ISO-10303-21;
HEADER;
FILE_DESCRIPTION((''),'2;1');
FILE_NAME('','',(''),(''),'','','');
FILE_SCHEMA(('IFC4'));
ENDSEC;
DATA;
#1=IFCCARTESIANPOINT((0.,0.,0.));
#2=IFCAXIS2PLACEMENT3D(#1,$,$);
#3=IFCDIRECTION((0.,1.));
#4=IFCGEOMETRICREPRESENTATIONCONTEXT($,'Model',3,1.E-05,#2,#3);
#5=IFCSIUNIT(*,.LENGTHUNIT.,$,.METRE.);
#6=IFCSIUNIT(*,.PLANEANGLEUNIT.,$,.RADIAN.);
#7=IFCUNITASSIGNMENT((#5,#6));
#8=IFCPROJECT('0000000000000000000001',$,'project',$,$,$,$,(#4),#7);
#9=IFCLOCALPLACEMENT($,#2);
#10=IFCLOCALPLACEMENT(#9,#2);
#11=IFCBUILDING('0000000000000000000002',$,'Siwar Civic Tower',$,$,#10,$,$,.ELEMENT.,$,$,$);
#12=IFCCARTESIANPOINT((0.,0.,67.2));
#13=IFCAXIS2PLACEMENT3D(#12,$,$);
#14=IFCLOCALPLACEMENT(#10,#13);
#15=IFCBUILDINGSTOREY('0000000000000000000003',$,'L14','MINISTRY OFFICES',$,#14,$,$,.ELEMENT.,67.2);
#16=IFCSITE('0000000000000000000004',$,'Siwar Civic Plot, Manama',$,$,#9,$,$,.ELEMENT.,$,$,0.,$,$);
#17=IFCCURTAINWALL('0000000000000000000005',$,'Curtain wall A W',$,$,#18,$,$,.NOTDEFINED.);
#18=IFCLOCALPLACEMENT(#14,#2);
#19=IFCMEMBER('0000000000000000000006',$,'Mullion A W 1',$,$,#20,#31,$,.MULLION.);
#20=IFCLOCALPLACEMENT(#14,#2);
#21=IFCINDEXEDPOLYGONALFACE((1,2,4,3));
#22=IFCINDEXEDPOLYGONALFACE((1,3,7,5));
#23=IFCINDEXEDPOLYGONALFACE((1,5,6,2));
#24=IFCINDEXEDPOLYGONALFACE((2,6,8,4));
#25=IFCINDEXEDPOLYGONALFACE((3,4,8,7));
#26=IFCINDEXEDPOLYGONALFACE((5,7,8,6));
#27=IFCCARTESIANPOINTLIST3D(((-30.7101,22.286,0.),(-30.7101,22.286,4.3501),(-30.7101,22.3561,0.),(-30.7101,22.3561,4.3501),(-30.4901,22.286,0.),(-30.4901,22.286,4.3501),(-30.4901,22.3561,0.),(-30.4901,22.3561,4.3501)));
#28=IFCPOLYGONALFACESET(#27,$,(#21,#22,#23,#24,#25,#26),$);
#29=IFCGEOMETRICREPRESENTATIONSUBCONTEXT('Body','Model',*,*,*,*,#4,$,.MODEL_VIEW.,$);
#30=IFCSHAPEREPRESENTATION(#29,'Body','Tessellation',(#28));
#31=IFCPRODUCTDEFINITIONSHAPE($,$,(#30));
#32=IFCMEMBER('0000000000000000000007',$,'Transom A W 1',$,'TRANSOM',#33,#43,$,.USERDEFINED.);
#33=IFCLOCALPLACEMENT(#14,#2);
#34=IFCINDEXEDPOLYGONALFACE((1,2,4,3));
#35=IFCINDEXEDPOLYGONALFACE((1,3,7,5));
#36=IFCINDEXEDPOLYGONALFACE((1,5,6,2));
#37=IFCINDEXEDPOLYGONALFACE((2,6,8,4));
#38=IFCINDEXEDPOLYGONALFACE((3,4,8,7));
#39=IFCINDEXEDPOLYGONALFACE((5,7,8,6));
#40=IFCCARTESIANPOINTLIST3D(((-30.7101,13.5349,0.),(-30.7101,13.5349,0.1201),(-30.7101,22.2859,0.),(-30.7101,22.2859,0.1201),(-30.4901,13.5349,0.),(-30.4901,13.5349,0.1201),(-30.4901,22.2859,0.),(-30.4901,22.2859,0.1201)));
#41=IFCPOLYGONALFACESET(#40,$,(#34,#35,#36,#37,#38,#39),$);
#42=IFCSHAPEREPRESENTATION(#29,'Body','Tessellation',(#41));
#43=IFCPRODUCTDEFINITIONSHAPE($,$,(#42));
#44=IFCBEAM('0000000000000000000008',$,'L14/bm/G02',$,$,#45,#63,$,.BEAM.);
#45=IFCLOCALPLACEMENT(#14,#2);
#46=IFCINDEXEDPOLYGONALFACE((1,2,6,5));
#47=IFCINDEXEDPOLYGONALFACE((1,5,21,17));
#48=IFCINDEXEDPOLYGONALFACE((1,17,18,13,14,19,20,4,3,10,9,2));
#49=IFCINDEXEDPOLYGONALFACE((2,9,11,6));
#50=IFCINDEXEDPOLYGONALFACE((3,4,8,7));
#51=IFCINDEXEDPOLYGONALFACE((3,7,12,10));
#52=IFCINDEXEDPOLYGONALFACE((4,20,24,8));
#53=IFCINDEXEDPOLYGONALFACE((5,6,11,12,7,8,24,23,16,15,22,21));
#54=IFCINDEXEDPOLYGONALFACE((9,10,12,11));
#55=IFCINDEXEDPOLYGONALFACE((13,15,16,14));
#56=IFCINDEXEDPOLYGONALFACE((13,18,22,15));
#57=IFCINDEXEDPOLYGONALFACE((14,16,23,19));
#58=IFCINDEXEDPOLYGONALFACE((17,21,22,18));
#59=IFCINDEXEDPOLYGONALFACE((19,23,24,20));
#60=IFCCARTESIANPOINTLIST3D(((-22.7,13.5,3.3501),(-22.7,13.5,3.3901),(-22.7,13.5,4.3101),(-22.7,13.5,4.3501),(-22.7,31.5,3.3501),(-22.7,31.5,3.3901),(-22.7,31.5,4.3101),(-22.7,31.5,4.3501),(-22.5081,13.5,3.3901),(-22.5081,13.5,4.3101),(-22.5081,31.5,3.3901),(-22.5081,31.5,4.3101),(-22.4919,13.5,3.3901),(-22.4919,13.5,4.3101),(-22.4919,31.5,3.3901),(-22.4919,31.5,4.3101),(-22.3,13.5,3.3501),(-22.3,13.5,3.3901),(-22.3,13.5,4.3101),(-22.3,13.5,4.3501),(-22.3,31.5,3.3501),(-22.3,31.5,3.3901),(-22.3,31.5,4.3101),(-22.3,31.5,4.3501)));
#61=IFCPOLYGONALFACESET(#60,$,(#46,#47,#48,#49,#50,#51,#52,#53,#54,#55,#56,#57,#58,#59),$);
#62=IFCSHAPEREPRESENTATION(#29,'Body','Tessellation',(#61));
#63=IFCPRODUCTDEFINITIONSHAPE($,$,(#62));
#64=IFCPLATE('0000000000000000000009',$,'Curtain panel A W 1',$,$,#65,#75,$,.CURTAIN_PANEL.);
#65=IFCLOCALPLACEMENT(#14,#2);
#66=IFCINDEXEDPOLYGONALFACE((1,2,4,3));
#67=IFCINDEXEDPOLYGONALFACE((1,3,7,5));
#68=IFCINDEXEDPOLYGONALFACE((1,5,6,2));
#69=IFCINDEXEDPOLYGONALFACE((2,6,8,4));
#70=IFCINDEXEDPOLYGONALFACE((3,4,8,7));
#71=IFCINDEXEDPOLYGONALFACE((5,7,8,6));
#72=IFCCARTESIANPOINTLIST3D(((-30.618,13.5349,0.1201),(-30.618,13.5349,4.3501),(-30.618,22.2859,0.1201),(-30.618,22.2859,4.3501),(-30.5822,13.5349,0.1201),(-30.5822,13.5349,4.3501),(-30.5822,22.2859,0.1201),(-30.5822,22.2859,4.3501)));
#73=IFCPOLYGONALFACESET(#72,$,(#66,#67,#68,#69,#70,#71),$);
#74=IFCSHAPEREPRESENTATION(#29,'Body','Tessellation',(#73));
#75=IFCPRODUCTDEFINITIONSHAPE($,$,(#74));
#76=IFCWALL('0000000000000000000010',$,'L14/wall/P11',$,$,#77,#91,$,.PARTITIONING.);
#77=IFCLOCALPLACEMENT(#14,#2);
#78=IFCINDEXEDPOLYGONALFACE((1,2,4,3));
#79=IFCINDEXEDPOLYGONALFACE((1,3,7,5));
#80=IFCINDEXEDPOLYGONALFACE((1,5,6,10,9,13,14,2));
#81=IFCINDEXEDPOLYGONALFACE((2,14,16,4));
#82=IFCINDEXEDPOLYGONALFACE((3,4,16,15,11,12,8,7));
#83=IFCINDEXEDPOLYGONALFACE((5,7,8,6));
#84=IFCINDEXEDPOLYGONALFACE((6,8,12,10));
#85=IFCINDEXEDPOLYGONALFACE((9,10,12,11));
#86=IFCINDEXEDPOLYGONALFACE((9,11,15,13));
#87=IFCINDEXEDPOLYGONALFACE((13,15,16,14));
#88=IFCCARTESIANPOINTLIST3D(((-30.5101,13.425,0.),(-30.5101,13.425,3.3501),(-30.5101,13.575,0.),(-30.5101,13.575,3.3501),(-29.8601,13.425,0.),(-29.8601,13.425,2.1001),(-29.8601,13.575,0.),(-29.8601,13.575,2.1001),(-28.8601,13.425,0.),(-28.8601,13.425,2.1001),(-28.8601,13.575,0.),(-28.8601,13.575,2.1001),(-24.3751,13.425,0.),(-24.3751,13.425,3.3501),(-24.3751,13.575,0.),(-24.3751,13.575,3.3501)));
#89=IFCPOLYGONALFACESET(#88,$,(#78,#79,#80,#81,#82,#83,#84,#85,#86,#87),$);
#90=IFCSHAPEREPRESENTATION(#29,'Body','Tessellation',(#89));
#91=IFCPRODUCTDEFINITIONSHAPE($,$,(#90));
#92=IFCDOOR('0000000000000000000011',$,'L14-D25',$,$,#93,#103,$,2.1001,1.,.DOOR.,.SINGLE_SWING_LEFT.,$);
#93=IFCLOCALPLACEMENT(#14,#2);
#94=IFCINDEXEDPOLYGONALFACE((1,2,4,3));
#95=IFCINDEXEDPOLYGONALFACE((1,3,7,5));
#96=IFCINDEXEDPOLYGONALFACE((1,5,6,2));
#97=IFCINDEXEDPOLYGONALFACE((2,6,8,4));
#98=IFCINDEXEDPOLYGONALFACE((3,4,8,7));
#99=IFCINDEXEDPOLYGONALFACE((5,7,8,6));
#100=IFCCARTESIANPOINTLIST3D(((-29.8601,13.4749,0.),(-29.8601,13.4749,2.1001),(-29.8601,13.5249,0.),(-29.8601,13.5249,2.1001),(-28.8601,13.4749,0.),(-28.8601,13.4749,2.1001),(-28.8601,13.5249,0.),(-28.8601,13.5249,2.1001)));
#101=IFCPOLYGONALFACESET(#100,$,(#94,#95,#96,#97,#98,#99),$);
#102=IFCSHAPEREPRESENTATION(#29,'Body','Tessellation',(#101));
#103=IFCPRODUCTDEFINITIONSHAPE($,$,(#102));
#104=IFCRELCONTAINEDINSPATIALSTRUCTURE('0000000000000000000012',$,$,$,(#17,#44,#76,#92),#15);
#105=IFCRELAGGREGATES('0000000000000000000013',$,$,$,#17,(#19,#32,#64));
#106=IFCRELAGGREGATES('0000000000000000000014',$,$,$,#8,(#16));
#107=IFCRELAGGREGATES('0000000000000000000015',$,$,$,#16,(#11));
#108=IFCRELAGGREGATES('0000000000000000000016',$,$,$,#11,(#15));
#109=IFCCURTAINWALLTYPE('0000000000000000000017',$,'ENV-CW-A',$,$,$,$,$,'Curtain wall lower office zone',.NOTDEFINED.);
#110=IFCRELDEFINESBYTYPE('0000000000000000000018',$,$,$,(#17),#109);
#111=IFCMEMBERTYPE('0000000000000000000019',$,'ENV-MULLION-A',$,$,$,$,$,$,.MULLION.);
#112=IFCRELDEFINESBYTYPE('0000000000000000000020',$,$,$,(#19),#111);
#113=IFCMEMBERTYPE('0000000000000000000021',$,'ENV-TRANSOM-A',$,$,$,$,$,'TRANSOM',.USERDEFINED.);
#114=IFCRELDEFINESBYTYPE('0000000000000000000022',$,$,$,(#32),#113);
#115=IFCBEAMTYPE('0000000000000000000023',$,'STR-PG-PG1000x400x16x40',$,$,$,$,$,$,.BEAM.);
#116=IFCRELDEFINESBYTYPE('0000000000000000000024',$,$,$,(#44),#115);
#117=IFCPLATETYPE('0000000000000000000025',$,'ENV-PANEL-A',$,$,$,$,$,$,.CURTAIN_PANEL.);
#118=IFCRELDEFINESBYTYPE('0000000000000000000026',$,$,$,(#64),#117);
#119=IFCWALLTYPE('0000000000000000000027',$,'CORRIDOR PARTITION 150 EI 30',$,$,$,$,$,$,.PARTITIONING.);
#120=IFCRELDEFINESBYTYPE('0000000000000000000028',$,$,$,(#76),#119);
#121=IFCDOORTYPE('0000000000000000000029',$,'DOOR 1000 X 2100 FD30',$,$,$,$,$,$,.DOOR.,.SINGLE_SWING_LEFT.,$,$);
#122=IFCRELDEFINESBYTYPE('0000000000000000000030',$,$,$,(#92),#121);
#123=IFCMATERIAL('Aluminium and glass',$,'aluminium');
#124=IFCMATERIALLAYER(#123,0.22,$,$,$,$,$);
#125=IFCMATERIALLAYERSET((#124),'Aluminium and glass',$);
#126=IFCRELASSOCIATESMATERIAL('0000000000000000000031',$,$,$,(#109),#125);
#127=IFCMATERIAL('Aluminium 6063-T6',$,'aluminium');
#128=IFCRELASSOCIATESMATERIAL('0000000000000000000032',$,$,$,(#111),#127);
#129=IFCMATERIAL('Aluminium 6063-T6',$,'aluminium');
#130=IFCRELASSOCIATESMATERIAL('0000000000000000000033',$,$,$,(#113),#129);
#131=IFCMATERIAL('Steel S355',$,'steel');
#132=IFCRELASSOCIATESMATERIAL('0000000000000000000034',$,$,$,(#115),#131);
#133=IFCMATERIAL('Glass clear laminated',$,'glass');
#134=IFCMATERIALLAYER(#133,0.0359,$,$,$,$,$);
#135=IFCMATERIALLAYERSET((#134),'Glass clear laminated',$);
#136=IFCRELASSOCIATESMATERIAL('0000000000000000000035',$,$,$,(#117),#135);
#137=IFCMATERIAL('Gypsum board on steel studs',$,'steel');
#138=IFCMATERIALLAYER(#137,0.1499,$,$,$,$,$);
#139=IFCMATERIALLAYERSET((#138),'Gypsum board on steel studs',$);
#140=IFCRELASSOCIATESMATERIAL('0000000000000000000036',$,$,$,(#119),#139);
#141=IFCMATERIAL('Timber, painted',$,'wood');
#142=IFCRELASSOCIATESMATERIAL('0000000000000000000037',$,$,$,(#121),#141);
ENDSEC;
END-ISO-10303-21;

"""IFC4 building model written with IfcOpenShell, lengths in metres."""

from ifc_helpers import new_model, si_unit, direction, frame, frame_2d, origin, origin_2d, place, context, subcontext, project, spatial, rectangle, i_section, extrude, material, layer, layer_set, material_profile, profile_set, type_object, element, fill, aggregate, save


model = new_model("IFC4")

# Units and contexts
model_context = context("Model", 3, precision=1e-05, world=origin(), true_north=direction((0.0, 1.0)))
body_context = subcontext(model_context, "Body", "Model", "MODEL_VIEW")
ifc_project = project(units=[si_unit("LENGTHUNIT", "METRE"), si_unit("PLANEANGLEUNIT", "RADIAN")], contexts=[model_context])

# Site, building, storey
site_placement = place(None, origin())
site = spatial("IfcSite", under=ifc_project, at=site_placement, Name="Siwar Civic Plot, Manama", CompositionType="ELEMENT", RefElevation=0.0)
building_placement = place(site_placement, origin())
building = spatial("IfcBuilding", under=site, at=building_placement, Name="Siwar Civic Tower", CompositionType="ELEMENT")
storey_placement = place(building_placement, frame((0.0, 0.0, 67.2)))
storey = spatial("IfcBuildingStorey", under=building, at=storey_placement, Name="L14", Description="MINISTRY OFFICES", CompositionType="ELEMENT", Elevation=67.2)

# Curtain wall, members
ifc_material_1 = material(Name="Aluminium and glass", Category="aluminium")
ifc_layer_1 = layer(ifc_material_1, 0.22)
ifc_layer_set_1 = layer_set([ifc_layer_1], Name="Aluminium and glass")
curtain_wall_type = type_object("IfcCurtainWallType", Name="ENV-CW-A", ElementType="Curtain wall lower office zone", PredefinedType="NOTDEFINED", material=ifc_layer_set_1)
curtain_wall_placement = place(storey_placement, origin())
curtain_wall = element("IfcCurtainWall", 1, at=curtain_wall_placement, inside=storey, type_object=curtain_wall_type, Name="Curtain wall A W", PredefinedType="NOTDEFINED")
ifc_material_2 = material(Name="Aluminium 6063-T6", Category="aluminium")
ifc_material_profile_1 = material_profile(ifc_material_2, rectangle(XDim=0.22, YDim=0.0701, at=origin_2d()), Name="AL 220x70")
ifc_profile_set_1 = profile_set([ifc_material_profile_1], Name="Aluminium 6063-T6")
member_type_1 = type_object("IfcMemberType", Name="ENV-MULLION-A", PredefinedType="MULLION", material=ifc_profile_set_1)
member_1_placement = place(storey_placement, frame((-30.6001, 22.321, 0.0), z_axis=(0.0, 0.0, 1.0), x_axis=(1.0, 0.0, 0.0)))
member_1 = element("IfcMember", 2, at=member_1_placement, type_object=member_type_1, Name="Mullion A W 1", PredefinedType="MULLION", context=body_context, shape_type="SweptSolid", body=[
    extrude(rectangle(XDim=0.22, YDim=0.0701, at=origin_2d()), origin(), (0.0, 0.0, 1.0), 4.3501),
])
ifc_material_3 = material(Name="Aluminium 6063-T6", Category="aluminium")
ifc_material_profile_2 = material_profile(ifc_material_3, rectangle(XDim=0.22, YDim=0.1201, at=origin_2d()), Name="AL 220x120")
ifc_profile_set_2 = profile_set([ifc_material_profile_2], Name="Aluminium 6063-T6")
member_type_2 = type_object("IfcMemberType", Name="ENV-TRANSOM-A", ElementType="TRANSOM", PredefinedType="USERDEFINED", material=ifc_profile_set_2)
member_2_placement = place(storey_placement, frame((-30.6001, 22.2859, 0.0601), z_axis=(0.0, -1.0, 0.0), x_axis=(1.0, 0.0, 0.0)))
member_2 = element("IfcMember", 3, at=member_2_placement, type_object=member_type_2, Name="Transom A W 1", ObjectType="TRANSOM", PredefinedType="USERDEFINED", context=body_context, shape_type="SweptSolid", body=[
    extrude(rectangle(XDim=0.22, YDim=0.1201, at=origin_2d()), origin(), (0.0, 0.0, 1.0), 8.751),
])

# Beam
ifc_material_4 = material(Name="Steel S355", Category="steel")
ifc_material_profile_3 = material_profile(ifc_material_4, i_section(OverallWidth=0.3999, OverallDepth=1.0, WebThickness=0.0161, FlangeThickness=0.04, at=origin_2d()), Name="PG1000x400x16x40")
ifc_profile_set_3 = profile_set([ifc_material_profile_3], Name="Steel S355")
beam_type = type_object("IfcBeamType", Name="STR-PG-PG1000x400x16x40", PredefinedType="BEAM", material=ifc_profile_set_3)
beam_placement = place(storey_placement, frame((-22.5, 13.5, 3.8501), z_axis=(0.0, 1.0, 0.0), x_axis=(-1.0, 0.0, 0.0)))
element("IfcBeam", 4, at=beam_placement, inside=storey, type_object=beam_type, Name="L14/bm/G02", PredefinedType="BEAM", context=body_context, shape_type="SweptSolid", body=[
    extrude(i_section(OverallWidth=0.3999, OverallDepth=1.0, WebThickness=0.0161, FlangeThickness=0.04, at=origin_2d()), origin(), (0.0, 0.0, 1.0), 18.0),
])

# Plate
ifc_material_5 = material(Name="Glass clear laminated", Category="glass")
ifc_layer_2 = layer(ifc_material_5, 0.0359)
ifc_layer_set_2 = layer_set([ifc_layer_2], Name="Glass clear laminated")
plate_type = type_object("IfcPlateType", Name="ENV-PANEL-A", PredefinedType="CURTAIN_PANEL", material=ifc_layer_set_2)
plate_placement = place(storey_placement, frame((-30.6001, 17.9104, 0.1201), z_axis=(0.0, 0.0, 1.0), x_axis=(0.0, -1.0, 0.0)))
plate = element("IfcPlate", 5, at=plate_placement, type_object=plate_type, Name="Curtain panel A W 1", PredefinedType="CURTAIN_PANEL", context=body_context, shape_type="SweptSolid", body=[
    extrude(rectangle(XDim=8.751, YDim=0.0359, at=origin_2d()), origin(), (0.0, 0.0, 1.0), 4.23),
])
aggregate(curtain_wall, [member_1, member_2, plate])

# Wall, opening, door
ifc_material_6 = material(Name="Gypsum board on steel studs", Category="steel")
ifc_layer_3 = layer(ifc_material_6, 0.1499)
ifc_layer_set_3 = layer_set([ifc_layer_3], Name="Gypsum board on steel studs")
wall_type_1 = type_object("IfcWallType", Name="CORRIDOR PARTITION 150 EI 30", PredefinedType="PARTITIONING", material=ifc_layer_set_3)
wall_1_placement = place(storey_placement, frame((-30.51, 13.5, 0.0), z_axis=(0.0, 0.0, 1.0), x_axis=(1.0, 0.0, 0.0)))
wall_1 = element("IfcWall", 6, at=wall_1_placement, inside=storey, type_object=wall_type_1, Name="L14/wall/P11", PredefinedType="PARTITIONING", context=body_context, shape_type="SweptSolid", body=[
    extrude(rectangle(XDim=6.135, YDim=0.1499, at=frame_2d((3.0674, 0.0))), origin(), (0.0, 0.0, 1.0), 3.3501),
])
opening_1_placement = place(wall_1_placement, frame((0.6499, 0.0, 0.0)))
opening_1 = element("IfcOpeningElement", 7, at=opening_1_placement, cuts=wall_1, PredefinedType="OPENING", context=body_context, shape_type="SweptSolid", body=[
    extrude(rectangle(XDim=1.0, YDim=2.1001, at=frame_2d((0.5, 1.05))), frame((0.0, 0.085, 0.0), z_axis=(0.0, -1.0, 0.0), x_axis=(1.0, 0.0, 0.0)), (0.0, 0.0, 1.0), 0.1699),
])
ifc_material_7 = material(Name="Timber, painted", Category="wood")
door_type_1 = type_object("IfcDoorType", Name="DOOR 1000 X 2100 FD30", OperationType="SINGLE_SWING_LEFT", PredefinedType="DOOR", material=ifc_material_7)
door_1_placement = place(opening_1_placement, origin())
door_1 = element("IfcDoor", 8, at=door_1_placement, inside=storey, type_object=door_type_1, Name="L14-D25", OperationType="SINGLE_SWING_LEFT", OverallHeight=2.1001, OverallWidth=1.0, PredefinedType="DOOR", context=body_context, shape_type="SweptSolid", body=[
    extrude(rectangle(XDim=1.0, YDim=2.1001, at=frame_2d((0.5, 1.05))), frame((0.0, 0.0249, 0.0), z_axis=(0.0, -1.0, 0.0), x_axis=(1.0, 0.0, 0.0)), (0.0, 0.0, 1.0), 0.05),
])
fill(opening_1, door_1)

save(model, "model.ifc")
